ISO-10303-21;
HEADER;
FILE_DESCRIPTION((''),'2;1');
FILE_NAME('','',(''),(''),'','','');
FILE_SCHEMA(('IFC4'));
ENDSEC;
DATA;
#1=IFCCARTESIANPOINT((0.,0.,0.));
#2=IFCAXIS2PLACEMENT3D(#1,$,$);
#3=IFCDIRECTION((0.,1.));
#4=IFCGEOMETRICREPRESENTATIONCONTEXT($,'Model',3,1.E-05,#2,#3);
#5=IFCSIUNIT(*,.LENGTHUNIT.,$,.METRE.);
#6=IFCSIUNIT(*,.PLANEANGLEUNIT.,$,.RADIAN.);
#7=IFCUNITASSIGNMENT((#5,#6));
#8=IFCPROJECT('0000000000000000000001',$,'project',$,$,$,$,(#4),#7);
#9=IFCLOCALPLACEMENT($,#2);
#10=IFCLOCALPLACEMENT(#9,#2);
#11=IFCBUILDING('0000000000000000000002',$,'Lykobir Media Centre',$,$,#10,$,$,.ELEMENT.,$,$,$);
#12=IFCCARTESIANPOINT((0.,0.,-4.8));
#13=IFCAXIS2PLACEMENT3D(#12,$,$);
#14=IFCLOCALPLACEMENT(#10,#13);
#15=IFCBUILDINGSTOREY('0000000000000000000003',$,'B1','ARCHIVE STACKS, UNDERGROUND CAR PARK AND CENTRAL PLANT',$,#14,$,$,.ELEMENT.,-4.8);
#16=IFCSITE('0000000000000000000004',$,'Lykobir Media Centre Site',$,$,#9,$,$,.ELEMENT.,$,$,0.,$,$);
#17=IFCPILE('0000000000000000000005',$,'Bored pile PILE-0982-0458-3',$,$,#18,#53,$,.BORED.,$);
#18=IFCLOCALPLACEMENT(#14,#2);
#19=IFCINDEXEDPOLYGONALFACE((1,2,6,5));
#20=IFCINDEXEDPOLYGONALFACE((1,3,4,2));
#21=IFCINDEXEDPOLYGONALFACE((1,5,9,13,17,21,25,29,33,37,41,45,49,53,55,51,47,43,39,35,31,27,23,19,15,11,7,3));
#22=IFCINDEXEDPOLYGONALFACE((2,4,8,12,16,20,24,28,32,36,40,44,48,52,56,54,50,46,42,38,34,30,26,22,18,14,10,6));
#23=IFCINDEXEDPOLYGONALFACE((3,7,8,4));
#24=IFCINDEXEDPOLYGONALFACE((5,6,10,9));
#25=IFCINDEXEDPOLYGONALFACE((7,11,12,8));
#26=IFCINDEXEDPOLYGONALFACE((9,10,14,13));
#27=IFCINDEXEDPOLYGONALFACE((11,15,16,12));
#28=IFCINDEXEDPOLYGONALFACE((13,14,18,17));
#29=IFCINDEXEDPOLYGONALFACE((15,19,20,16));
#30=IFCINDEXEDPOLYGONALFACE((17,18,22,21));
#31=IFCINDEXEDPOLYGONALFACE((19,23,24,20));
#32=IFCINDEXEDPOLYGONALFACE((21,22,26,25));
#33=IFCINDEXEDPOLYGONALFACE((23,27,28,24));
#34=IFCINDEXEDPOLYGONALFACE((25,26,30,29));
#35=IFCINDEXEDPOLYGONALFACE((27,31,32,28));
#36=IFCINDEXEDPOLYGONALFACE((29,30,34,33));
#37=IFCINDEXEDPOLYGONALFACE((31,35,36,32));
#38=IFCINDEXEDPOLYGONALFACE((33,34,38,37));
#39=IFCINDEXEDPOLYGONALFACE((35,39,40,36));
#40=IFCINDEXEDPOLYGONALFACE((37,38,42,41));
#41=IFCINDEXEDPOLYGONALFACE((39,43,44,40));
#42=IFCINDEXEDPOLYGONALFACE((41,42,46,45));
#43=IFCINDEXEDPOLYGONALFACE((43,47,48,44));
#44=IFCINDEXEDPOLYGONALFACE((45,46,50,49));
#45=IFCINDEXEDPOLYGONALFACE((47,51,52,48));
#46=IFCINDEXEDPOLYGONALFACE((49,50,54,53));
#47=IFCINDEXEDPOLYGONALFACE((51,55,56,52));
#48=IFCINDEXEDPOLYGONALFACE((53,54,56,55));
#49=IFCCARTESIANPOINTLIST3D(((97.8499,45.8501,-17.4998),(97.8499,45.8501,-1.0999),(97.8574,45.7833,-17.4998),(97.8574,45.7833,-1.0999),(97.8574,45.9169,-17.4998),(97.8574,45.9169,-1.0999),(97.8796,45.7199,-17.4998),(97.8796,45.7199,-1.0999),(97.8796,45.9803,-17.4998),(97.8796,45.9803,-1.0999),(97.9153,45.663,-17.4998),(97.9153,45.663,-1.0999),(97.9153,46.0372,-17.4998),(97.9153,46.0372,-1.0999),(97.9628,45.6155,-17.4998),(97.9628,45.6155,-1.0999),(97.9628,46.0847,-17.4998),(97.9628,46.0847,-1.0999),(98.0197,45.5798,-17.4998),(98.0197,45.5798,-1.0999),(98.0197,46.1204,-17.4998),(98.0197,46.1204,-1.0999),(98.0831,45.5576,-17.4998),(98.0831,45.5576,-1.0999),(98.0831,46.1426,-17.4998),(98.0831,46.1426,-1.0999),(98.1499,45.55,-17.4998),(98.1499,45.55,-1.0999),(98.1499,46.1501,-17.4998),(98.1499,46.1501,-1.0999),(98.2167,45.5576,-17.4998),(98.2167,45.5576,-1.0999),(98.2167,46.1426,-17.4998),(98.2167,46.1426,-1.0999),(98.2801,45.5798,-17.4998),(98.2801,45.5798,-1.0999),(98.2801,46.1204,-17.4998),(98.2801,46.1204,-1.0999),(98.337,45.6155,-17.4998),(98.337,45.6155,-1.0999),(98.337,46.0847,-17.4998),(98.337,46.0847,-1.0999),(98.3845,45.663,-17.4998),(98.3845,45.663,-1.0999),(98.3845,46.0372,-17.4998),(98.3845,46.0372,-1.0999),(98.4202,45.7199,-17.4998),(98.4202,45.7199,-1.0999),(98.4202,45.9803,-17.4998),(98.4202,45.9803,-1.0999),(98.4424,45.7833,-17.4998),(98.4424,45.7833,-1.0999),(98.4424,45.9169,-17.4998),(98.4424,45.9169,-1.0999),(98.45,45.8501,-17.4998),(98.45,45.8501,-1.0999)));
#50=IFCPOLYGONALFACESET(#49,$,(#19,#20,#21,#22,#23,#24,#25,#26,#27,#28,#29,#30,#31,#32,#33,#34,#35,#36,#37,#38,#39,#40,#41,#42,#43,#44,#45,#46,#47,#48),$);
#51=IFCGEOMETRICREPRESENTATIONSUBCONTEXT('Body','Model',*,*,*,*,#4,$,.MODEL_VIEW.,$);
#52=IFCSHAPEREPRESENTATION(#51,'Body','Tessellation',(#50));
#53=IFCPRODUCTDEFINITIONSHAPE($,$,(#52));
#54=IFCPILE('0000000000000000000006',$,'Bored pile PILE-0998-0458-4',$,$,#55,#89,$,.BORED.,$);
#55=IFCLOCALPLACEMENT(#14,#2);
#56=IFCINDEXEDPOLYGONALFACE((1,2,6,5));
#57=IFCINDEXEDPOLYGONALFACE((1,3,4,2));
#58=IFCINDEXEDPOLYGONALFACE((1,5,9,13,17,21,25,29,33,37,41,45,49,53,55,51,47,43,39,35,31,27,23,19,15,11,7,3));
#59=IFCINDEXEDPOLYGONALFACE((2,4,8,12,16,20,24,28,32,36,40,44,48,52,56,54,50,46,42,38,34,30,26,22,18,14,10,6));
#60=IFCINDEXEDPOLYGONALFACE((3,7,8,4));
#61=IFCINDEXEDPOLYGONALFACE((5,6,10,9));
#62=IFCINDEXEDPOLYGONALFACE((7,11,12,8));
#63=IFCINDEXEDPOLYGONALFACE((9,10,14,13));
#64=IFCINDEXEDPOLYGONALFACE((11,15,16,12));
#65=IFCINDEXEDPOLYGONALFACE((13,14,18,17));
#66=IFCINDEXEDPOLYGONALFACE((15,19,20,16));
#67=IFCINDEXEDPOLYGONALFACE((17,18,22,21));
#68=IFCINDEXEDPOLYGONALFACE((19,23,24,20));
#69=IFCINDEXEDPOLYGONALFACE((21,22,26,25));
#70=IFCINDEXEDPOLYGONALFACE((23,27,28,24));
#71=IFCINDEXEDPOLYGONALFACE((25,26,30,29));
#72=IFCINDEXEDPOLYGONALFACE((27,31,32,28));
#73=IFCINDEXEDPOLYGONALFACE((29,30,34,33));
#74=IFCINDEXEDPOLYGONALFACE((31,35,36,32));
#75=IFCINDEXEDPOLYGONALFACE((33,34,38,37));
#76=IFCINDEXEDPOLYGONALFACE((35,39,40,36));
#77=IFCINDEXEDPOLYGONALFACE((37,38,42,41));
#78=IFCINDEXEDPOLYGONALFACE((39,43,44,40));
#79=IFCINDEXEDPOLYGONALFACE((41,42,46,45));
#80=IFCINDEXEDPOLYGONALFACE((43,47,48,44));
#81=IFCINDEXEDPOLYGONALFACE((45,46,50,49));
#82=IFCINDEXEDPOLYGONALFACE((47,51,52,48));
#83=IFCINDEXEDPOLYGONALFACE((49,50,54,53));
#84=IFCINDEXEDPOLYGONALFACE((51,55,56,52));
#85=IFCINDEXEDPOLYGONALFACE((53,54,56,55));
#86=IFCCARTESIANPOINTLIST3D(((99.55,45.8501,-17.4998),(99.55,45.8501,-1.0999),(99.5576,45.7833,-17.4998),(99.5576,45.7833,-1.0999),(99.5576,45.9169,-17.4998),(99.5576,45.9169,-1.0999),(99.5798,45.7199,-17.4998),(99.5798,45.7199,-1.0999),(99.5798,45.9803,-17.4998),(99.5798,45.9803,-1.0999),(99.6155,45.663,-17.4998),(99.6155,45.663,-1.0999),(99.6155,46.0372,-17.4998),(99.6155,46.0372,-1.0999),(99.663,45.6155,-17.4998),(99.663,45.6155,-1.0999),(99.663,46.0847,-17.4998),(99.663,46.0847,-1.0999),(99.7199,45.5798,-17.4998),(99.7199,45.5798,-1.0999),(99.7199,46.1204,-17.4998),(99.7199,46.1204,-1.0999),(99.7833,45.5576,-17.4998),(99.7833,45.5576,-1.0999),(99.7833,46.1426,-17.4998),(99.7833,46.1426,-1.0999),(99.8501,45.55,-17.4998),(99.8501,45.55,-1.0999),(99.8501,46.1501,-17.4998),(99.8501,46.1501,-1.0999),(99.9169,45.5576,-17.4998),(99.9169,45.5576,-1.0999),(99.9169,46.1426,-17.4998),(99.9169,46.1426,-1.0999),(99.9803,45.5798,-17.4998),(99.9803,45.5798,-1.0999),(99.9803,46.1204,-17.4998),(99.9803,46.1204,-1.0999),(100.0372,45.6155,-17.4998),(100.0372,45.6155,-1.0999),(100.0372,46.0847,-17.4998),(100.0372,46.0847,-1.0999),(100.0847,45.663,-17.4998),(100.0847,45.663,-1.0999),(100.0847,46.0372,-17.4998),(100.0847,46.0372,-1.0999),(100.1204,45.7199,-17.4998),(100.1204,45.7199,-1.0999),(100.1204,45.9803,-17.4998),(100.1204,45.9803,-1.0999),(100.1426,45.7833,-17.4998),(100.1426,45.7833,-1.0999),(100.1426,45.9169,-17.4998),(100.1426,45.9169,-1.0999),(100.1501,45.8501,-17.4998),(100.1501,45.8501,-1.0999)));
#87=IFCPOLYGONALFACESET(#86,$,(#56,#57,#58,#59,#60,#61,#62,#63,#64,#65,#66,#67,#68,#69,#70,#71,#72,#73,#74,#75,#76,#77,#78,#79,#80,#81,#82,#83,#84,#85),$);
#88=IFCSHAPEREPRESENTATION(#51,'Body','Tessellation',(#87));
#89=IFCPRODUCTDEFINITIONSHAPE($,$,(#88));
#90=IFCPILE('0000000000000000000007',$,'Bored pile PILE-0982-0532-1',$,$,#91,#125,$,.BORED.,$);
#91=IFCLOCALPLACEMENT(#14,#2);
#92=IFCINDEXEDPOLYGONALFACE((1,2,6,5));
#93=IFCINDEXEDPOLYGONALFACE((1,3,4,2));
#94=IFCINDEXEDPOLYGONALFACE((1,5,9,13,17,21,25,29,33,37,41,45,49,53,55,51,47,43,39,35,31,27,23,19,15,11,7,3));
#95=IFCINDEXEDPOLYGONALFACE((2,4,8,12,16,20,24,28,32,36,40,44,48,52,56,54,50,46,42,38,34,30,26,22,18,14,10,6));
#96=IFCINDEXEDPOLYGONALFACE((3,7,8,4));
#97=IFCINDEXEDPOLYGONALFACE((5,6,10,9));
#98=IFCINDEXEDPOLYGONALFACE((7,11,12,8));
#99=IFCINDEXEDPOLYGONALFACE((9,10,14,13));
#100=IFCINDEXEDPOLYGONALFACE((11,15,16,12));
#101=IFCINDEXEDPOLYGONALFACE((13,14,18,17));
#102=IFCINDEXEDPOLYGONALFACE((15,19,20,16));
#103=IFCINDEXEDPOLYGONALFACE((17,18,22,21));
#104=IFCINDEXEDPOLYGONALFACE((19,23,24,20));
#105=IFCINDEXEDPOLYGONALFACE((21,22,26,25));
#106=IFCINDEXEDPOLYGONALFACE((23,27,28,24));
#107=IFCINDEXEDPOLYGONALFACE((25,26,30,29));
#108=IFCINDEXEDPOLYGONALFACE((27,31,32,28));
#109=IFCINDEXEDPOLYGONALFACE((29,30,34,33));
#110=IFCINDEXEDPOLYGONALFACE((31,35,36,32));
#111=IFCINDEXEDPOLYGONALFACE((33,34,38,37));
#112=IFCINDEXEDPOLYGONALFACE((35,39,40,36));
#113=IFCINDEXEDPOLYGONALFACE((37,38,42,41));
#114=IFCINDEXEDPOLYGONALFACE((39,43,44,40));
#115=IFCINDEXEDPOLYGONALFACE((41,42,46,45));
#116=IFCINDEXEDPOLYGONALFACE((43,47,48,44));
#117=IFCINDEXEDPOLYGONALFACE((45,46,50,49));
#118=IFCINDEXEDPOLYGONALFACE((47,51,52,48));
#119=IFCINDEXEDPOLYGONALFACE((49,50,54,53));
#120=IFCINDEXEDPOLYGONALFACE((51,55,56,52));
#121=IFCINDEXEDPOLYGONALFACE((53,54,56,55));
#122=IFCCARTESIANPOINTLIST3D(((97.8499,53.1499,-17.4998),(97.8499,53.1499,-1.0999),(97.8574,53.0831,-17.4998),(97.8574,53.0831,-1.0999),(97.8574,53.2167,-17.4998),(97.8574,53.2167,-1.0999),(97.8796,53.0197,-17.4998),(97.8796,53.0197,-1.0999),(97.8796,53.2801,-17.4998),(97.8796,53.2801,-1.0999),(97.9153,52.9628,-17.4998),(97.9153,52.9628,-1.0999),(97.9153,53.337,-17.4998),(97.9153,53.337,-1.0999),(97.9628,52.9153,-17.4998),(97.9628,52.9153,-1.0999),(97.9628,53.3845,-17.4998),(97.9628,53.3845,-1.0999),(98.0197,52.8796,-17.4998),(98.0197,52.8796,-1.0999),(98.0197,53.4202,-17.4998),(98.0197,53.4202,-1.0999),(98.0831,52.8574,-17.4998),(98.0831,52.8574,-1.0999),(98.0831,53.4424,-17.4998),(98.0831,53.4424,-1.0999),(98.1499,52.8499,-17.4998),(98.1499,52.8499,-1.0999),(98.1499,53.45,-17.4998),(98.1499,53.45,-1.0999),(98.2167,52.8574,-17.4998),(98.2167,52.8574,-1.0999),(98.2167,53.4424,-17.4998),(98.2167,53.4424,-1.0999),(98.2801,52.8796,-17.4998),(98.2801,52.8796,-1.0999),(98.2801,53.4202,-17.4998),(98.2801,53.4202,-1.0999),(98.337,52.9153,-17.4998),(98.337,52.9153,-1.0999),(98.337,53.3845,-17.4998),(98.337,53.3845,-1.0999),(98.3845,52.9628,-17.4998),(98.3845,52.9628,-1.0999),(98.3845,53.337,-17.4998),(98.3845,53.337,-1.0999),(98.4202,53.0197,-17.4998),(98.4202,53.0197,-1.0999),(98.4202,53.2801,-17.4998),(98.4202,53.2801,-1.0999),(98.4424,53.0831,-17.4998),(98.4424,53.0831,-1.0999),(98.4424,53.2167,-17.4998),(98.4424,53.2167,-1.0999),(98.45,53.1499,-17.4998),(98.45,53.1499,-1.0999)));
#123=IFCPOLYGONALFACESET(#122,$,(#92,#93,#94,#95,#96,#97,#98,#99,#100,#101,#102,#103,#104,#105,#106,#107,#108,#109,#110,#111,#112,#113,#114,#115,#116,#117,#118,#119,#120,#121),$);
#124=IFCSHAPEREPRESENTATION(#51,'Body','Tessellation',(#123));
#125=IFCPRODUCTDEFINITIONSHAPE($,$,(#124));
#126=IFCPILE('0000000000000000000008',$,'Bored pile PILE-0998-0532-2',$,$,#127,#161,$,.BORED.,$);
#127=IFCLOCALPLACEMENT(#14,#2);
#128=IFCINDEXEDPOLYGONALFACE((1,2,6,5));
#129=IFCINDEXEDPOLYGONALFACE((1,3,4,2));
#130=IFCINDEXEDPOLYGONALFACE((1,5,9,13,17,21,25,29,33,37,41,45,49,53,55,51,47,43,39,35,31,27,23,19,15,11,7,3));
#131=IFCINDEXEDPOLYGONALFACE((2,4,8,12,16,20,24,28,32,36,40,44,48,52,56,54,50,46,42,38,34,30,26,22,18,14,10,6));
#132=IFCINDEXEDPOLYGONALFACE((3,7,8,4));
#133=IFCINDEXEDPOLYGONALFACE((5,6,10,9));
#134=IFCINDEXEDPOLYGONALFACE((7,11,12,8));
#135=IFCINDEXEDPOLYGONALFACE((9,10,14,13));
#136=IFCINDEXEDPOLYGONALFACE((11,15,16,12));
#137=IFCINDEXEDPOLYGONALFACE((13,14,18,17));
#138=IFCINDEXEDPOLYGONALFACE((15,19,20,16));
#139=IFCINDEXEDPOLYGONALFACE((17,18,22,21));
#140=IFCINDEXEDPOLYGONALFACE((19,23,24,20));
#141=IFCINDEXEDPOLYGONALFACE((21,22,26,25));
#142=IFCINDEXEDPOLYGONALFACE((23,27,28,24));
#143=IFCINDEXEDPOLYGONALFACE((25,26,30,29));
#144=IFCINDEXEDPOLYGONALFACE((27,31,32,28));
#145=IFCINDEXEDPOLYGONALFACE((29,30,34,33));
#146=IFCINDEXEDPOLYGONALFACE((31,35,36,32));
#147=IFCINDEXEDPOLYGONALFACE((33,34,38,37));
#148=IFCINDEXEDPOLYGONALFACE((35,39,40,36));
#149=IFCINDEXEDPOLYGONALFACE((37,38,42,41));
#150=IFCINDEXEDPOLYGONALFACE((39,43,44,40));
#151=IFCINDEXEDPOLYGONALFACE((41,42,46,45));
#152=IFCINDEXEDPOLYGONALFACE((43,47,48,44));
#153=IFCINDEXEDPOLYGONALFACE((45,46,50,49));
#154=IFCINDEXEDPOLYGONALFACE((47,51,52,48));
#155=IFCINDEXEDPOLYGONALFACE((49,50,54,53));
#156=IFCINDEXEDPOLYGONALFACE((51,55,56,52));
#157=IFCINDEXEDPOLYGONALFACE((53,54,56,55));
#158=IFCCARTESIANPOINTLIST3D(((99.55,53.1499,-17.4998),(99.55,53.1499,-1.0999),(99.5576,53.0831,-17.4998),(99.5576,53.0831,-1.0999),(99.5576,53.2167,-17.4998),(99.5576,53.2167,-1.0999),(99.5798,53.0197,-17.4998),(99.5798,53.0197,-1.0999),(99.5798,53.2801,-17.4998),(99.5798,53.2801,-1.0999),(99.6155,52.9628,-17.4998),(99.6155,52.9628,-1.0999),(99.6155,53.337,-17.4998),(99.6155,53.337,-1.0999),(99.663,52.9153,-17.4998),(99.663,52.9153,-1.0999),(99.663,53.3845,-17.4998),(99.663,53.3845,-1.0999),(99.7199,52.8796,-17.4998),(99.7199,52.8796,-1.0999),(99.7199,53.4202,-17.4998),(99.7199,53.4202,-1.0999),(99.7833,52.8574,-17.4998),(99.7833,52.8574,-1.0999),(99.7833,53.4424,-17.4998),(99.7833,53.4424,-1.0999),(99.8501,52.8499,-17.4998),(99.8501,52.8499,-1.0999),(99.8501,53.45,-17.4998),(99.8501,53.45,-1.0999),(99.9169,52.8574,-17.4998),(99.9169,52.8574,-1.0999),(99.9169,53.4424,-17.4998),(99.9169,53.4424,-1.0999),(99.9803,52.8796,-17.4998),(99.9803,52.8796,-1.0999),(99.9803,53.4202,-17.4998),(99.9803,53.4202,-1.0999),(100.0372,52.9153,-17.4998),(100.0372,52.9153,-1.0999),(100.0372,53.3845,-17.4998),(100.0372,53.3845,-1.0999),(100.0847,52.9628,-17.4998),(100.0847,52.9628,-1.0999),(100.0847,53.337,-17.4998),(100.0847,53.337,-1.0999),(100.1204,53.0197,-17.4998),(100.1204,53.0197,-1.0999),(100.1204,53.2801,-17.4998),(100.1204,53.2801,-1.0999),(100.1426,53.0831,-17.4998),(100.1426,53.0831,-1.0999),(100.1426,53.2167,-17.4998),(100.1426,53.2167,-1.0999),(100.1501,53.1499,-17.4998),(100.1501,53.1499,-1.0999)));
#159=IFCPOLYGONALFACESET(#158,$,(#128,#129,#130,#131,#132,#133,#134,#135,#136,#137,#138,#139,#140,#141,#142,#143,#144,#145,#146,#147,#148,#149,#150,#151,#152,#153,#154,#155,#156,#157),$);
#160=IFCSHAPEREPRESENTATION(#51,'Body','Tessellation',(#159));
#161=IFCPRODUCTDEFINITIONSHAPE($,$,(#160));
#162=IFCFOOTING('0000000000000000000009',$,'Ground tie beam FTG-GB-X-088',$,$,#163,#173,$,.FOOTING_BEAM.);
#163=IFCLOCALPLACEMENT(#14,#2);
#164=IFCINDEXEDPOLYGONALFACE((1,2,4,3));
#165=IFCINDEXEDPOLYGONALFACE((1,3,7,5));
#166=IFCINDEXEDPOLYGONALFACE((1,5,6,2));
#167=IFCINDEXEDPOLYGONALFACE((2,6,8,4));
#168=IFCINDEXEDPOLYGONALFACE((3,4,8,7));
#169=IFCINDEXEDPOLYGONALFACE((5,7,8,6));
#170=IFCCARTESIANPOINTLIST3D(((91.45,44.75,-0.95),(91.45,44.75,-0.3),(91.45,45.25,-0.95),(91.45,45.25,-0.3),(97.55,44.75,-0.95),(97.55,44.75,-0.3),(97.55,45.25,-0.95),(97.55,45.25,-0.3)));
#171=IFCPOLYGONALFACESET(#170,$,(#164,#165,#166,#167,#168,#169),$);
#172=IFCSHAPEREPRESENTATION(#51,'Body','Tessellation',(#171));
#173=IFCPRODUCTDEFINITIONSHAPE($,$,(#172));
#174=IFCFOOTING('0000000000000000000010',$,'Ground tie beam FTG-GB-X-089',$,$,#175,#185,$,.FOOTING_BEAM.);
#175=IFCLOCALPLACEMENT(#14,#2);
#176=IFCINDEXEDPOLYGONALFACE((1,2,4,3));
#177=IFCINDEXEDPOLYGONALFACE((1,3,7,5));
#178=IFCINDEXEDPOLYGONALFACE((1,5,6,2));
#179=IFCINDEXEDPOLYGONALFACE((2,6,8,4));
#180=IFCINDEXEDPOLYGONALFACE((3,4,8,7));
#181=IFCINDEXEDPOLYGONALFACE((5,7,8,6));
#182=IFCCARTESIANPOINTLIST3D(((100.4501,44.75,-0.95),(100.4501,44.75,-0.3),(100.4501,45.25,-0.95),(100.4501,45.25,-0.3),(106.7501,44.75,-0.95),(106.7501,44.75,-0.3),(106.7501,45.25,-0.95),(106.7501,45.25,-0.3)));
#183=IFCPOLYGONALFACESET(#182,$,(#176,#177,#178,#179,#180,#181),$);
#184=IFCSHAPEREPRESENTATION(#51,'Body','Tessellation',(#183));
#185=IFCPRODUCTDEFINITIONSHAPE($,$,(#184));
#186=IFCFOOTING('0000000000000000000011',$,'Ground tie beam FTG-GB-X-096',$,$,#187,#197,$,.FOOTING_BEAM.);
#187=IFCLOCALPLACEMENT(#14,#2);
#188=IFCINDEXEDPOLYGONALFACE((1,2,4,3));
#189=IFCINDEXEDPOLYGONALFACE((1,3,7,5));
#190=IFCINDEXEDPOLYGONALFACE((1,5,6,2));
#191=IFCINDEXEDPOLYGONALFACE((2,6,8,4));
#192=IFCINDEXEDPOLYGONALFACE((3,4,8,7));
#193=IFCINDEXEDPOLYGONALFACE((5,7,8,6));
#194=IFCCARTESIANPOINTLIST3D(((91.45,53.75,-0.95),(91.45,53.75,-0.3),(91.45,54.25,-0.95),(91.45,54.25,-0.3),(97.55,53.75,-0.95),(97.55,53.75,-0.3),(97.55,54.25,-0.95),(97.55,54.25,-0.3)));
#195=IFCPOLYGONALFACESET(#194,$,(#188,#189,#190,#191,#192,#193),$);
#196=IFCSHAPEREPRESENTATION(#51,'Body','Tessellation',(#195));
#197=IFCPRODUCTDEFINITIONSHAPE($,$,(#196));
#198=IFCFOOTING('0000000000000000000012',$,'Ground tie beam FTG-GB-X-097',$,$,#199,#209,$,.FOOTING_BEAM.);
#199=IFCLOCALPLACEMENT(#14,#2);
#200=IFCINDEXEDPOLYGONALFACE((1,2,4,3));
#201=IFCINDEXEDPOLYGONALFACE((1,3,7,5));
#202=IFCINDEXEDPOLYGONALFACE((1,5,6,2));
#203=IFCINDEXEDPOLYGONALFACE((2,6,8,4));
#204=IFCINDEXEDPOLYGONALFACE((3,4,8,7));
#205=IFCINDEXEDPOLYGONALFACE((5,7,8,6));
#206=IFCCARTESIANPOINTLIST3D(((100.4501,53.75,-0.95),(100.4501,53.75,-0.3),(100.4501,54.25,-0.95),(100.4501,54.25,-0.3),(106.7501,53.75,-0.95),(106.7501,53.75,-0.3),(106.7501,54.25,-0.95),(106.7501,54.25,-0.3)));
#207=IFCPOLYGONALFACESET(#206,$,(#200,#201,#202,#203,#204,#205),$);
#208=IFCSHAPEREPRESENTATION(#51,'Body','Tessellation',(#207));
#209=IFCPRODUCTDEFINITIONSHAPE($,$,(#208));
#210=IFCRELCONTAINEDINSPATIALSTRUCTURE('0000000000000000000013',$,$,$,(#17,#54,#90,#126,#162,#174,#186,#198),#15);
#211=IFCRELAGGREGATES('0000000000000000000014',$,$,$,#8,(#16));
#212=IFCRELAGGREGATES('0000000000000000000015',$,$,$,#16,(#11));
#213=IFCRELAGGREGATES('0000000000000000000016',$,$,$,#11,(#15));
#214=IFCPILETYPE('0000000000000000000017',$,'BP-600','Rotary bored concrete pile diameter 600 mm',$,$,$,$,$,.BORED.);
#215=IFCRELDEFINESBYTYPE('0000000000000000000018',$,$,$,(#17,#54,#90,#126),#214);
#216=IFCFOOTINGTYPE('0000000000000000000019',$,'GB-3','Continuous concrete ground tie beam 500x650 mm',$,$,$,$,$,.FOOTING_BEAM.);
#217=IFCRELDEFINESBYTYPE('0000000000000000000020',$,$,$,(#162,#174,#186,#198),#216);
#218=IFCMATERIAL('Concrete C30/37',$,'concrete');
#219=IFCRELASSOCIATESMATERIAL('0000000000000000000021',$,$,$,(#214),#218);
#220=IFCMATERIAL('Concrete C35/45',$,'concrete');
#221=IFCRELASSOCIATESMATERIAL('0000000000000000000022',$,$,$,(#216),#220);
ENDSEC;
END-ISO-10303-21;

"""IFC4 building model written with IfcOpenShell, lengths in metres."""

from ifc_helpers import new_model, si_unit, direction, frame, origin, origin_2d, place, context, subcontext, project, spatial, rectangle, circle, extrude, material, material_profile, profile_set, type_object, element, save


model = new_model("IFC4")

# Units and contexts
model_context = context("Model", 3, precision=1e-05, world=origin(), true_north=direction((0.0, 1.0)))
body_context = subcontext(model_context, "Body", "Model", "MODEL_VIEW")
ifc_project = project(units=[si_unit("LENGTHUNIT", "METRE"), si_unit("PLANEANGLEUNIT", "RADIAN")], contexts=[model_context])

# Site, building, storey
site_placement = place(None, origin())
site = spatial("IfcSite", under=ifc_project, at=site_placement, Name="Lykobir Media Centre Site", CompositionType="ELEMENT", RefElevation=0.0)
building_placement = place(site_placement, origin())
building = spatial("IfcBuilding", under=site, at=building_placement, Name="Lykobir Media Centre", CompositionType="ELEMENT")
storey_placement = place(building_placement, frame((0.0, 0.0, -4.8)))
storey = spatial("IfcBuildingStorey", under=building, at=storey_placement, Name="B1", Description="ARCHIVE STACKS, UNDERGROUND CAR PARK AND CENTRAL PLANT", CompositionType="ELEMENT", Elevation=-4.8)

# Piles
ifc_material_1 = material(Name="Concrete C30/37", Category="concrete")
ifc_material_profile_1 = material_profile(ifc_material_1, circle(Radius=0.3, at=origin_2d()), Name="BORED PILE D600")
ifc_profile_set_1 = profile_set([ifc_material_profile_1], Name="Concrete C30/37")
pile_type = type_object("IfcPileType", Name="BP-600", Description="Rotary bored concrete pile diameter 600 mm", PredefinedType="BORED", material=ifc_profile_set_1)
for number, where, z_axis, x_axis, name in (
    (1, (98.1499, 45.8501, -1.0999), (0.0, 0.0, -1.0), (1.0, 0.0, 0.0), "Bored pile PILE-0982-0458-3"),
    (2, (99.8501, 45.8501, -1.0999), (0.0, 0.0, -1.0), (1.0, 0.0, 0.0), "Bored pile PILE-0998-0458-4"),
    (3, (98.1499, 53.1499, -1.0999), (0.0, 0.0, -1.0), (1.0, 0.0, 0.0), "Bored pile PILE-0982-0532-1"),
    (4, (99.8501, 53.1499, -1.0999), (0.0, 0.0, -1.0), (1.0, 0.0, 0.0), "Bored pile PILE-0998-0532-2"),
):
    element("IfcPile", number, at=place(storey_placement, frame(where, z_axis=z_axis, x_axis=x_axis)), inside=storey, type_object=pile_type, Name=name, PredefinedType="BORED", context=body_context, shape_type="SweptSolid", body=[
        extrude(circle(Radius=0.3, at=origin_2d()), origin(), (0.0, 0.0, 1.0), 16.3999),
    ])

# Footings
ifc_material_2 = material(Name="Concrete C35/45", Category="concrete")
footing_type_1 = type_object("IfcFootingType", Name="GB-3", Description="Continuous concrete ground tie beam 500x650 mm", PredefinedType="FOOTING_BEAM", material=ifc_material_2)
footing_1_placement = place(storey_placement, frame((94.5, 45.0, -0.95), z_axis=(0.0, 0.0, 1.0), x_axis=(1.0, 0.0, 0.0)))
element("IfcFooting", 5, at=footing_1_placement, inside=storey, type_object=footing_type_1, Name="Ground tie beam FTG-GB-X-088", PredefinedType="FOOTING_BEAM", context=body_context, shape_type="SweptSolid", body=[
    extrude(rectangle(XDim=6.1001, YDim=0.5, at=origin_2d()), origin(), (0.0, 0.0, 1.0), 0.6499),
])
footing_2_placement = place(storey_placement, frame((103.6001, 45.0, -0.95), z_axis=(0.0, 0.0, 1.0), x_axis=(1.0, 0.0, 0.0)))
element("IfcFooting", 6, at=footing_2_placement, inside=storey, type_object=footing_type_1, Name="Ground tie beam FTG-GB-X-089", PredefinedType="FOOTING_BEAM", context=body_context, shape_type="SweptSolid", body=[
    extrude(rectangle(XDim=6.3, YDim=0.5, at=origin_2d()), origin(), (0.0, 0.0, 1.0), 0.6499),
])
footing_3_placement = place(storey_placement, frame((94.5, 54.0, -0.95), z_axis=(0.0, 0.0, 1.0), x_axis=(1.0, 0.0, 0.0)))
element("IfcFooting", 7, at=footing_3_placement, inside=storey, type_object=footing_type_1, Name="Ground tie beam FTG-GB-X-096", PredefinedType="FOOTING_BEAM", context=body_context, shape_type="SweptSolid", body=[
    extrude(rectangle(XDim=6.1001, YDim=0.5, at=origin_2d()), origin(), (0.0, 0.0, 1.0), 0.6499),
])
footing_4_placement = place(storey_placement, frame((103.6001, 54.0, -0.95), z_axis=(0.0, 0.0, 1.0), x_axis=(1.0, 0.0, 0.0)))
element("IfcFooting", 8, at=footing_4_placement, inside=storey, type_object=footing_type_1, Name="Ground tie beam FTG-GB-X-097", PredefinedType="FOOTING_BEAM", context=body_context, shape_type="SweptSolid", body=[
    extrude(rectangle(XDim=6.3, YDim=0.5, at=origin_2d()), origin(), (0.0, 0.0, 1.0), 0.6499),
])

save(model, "model.ifc")
